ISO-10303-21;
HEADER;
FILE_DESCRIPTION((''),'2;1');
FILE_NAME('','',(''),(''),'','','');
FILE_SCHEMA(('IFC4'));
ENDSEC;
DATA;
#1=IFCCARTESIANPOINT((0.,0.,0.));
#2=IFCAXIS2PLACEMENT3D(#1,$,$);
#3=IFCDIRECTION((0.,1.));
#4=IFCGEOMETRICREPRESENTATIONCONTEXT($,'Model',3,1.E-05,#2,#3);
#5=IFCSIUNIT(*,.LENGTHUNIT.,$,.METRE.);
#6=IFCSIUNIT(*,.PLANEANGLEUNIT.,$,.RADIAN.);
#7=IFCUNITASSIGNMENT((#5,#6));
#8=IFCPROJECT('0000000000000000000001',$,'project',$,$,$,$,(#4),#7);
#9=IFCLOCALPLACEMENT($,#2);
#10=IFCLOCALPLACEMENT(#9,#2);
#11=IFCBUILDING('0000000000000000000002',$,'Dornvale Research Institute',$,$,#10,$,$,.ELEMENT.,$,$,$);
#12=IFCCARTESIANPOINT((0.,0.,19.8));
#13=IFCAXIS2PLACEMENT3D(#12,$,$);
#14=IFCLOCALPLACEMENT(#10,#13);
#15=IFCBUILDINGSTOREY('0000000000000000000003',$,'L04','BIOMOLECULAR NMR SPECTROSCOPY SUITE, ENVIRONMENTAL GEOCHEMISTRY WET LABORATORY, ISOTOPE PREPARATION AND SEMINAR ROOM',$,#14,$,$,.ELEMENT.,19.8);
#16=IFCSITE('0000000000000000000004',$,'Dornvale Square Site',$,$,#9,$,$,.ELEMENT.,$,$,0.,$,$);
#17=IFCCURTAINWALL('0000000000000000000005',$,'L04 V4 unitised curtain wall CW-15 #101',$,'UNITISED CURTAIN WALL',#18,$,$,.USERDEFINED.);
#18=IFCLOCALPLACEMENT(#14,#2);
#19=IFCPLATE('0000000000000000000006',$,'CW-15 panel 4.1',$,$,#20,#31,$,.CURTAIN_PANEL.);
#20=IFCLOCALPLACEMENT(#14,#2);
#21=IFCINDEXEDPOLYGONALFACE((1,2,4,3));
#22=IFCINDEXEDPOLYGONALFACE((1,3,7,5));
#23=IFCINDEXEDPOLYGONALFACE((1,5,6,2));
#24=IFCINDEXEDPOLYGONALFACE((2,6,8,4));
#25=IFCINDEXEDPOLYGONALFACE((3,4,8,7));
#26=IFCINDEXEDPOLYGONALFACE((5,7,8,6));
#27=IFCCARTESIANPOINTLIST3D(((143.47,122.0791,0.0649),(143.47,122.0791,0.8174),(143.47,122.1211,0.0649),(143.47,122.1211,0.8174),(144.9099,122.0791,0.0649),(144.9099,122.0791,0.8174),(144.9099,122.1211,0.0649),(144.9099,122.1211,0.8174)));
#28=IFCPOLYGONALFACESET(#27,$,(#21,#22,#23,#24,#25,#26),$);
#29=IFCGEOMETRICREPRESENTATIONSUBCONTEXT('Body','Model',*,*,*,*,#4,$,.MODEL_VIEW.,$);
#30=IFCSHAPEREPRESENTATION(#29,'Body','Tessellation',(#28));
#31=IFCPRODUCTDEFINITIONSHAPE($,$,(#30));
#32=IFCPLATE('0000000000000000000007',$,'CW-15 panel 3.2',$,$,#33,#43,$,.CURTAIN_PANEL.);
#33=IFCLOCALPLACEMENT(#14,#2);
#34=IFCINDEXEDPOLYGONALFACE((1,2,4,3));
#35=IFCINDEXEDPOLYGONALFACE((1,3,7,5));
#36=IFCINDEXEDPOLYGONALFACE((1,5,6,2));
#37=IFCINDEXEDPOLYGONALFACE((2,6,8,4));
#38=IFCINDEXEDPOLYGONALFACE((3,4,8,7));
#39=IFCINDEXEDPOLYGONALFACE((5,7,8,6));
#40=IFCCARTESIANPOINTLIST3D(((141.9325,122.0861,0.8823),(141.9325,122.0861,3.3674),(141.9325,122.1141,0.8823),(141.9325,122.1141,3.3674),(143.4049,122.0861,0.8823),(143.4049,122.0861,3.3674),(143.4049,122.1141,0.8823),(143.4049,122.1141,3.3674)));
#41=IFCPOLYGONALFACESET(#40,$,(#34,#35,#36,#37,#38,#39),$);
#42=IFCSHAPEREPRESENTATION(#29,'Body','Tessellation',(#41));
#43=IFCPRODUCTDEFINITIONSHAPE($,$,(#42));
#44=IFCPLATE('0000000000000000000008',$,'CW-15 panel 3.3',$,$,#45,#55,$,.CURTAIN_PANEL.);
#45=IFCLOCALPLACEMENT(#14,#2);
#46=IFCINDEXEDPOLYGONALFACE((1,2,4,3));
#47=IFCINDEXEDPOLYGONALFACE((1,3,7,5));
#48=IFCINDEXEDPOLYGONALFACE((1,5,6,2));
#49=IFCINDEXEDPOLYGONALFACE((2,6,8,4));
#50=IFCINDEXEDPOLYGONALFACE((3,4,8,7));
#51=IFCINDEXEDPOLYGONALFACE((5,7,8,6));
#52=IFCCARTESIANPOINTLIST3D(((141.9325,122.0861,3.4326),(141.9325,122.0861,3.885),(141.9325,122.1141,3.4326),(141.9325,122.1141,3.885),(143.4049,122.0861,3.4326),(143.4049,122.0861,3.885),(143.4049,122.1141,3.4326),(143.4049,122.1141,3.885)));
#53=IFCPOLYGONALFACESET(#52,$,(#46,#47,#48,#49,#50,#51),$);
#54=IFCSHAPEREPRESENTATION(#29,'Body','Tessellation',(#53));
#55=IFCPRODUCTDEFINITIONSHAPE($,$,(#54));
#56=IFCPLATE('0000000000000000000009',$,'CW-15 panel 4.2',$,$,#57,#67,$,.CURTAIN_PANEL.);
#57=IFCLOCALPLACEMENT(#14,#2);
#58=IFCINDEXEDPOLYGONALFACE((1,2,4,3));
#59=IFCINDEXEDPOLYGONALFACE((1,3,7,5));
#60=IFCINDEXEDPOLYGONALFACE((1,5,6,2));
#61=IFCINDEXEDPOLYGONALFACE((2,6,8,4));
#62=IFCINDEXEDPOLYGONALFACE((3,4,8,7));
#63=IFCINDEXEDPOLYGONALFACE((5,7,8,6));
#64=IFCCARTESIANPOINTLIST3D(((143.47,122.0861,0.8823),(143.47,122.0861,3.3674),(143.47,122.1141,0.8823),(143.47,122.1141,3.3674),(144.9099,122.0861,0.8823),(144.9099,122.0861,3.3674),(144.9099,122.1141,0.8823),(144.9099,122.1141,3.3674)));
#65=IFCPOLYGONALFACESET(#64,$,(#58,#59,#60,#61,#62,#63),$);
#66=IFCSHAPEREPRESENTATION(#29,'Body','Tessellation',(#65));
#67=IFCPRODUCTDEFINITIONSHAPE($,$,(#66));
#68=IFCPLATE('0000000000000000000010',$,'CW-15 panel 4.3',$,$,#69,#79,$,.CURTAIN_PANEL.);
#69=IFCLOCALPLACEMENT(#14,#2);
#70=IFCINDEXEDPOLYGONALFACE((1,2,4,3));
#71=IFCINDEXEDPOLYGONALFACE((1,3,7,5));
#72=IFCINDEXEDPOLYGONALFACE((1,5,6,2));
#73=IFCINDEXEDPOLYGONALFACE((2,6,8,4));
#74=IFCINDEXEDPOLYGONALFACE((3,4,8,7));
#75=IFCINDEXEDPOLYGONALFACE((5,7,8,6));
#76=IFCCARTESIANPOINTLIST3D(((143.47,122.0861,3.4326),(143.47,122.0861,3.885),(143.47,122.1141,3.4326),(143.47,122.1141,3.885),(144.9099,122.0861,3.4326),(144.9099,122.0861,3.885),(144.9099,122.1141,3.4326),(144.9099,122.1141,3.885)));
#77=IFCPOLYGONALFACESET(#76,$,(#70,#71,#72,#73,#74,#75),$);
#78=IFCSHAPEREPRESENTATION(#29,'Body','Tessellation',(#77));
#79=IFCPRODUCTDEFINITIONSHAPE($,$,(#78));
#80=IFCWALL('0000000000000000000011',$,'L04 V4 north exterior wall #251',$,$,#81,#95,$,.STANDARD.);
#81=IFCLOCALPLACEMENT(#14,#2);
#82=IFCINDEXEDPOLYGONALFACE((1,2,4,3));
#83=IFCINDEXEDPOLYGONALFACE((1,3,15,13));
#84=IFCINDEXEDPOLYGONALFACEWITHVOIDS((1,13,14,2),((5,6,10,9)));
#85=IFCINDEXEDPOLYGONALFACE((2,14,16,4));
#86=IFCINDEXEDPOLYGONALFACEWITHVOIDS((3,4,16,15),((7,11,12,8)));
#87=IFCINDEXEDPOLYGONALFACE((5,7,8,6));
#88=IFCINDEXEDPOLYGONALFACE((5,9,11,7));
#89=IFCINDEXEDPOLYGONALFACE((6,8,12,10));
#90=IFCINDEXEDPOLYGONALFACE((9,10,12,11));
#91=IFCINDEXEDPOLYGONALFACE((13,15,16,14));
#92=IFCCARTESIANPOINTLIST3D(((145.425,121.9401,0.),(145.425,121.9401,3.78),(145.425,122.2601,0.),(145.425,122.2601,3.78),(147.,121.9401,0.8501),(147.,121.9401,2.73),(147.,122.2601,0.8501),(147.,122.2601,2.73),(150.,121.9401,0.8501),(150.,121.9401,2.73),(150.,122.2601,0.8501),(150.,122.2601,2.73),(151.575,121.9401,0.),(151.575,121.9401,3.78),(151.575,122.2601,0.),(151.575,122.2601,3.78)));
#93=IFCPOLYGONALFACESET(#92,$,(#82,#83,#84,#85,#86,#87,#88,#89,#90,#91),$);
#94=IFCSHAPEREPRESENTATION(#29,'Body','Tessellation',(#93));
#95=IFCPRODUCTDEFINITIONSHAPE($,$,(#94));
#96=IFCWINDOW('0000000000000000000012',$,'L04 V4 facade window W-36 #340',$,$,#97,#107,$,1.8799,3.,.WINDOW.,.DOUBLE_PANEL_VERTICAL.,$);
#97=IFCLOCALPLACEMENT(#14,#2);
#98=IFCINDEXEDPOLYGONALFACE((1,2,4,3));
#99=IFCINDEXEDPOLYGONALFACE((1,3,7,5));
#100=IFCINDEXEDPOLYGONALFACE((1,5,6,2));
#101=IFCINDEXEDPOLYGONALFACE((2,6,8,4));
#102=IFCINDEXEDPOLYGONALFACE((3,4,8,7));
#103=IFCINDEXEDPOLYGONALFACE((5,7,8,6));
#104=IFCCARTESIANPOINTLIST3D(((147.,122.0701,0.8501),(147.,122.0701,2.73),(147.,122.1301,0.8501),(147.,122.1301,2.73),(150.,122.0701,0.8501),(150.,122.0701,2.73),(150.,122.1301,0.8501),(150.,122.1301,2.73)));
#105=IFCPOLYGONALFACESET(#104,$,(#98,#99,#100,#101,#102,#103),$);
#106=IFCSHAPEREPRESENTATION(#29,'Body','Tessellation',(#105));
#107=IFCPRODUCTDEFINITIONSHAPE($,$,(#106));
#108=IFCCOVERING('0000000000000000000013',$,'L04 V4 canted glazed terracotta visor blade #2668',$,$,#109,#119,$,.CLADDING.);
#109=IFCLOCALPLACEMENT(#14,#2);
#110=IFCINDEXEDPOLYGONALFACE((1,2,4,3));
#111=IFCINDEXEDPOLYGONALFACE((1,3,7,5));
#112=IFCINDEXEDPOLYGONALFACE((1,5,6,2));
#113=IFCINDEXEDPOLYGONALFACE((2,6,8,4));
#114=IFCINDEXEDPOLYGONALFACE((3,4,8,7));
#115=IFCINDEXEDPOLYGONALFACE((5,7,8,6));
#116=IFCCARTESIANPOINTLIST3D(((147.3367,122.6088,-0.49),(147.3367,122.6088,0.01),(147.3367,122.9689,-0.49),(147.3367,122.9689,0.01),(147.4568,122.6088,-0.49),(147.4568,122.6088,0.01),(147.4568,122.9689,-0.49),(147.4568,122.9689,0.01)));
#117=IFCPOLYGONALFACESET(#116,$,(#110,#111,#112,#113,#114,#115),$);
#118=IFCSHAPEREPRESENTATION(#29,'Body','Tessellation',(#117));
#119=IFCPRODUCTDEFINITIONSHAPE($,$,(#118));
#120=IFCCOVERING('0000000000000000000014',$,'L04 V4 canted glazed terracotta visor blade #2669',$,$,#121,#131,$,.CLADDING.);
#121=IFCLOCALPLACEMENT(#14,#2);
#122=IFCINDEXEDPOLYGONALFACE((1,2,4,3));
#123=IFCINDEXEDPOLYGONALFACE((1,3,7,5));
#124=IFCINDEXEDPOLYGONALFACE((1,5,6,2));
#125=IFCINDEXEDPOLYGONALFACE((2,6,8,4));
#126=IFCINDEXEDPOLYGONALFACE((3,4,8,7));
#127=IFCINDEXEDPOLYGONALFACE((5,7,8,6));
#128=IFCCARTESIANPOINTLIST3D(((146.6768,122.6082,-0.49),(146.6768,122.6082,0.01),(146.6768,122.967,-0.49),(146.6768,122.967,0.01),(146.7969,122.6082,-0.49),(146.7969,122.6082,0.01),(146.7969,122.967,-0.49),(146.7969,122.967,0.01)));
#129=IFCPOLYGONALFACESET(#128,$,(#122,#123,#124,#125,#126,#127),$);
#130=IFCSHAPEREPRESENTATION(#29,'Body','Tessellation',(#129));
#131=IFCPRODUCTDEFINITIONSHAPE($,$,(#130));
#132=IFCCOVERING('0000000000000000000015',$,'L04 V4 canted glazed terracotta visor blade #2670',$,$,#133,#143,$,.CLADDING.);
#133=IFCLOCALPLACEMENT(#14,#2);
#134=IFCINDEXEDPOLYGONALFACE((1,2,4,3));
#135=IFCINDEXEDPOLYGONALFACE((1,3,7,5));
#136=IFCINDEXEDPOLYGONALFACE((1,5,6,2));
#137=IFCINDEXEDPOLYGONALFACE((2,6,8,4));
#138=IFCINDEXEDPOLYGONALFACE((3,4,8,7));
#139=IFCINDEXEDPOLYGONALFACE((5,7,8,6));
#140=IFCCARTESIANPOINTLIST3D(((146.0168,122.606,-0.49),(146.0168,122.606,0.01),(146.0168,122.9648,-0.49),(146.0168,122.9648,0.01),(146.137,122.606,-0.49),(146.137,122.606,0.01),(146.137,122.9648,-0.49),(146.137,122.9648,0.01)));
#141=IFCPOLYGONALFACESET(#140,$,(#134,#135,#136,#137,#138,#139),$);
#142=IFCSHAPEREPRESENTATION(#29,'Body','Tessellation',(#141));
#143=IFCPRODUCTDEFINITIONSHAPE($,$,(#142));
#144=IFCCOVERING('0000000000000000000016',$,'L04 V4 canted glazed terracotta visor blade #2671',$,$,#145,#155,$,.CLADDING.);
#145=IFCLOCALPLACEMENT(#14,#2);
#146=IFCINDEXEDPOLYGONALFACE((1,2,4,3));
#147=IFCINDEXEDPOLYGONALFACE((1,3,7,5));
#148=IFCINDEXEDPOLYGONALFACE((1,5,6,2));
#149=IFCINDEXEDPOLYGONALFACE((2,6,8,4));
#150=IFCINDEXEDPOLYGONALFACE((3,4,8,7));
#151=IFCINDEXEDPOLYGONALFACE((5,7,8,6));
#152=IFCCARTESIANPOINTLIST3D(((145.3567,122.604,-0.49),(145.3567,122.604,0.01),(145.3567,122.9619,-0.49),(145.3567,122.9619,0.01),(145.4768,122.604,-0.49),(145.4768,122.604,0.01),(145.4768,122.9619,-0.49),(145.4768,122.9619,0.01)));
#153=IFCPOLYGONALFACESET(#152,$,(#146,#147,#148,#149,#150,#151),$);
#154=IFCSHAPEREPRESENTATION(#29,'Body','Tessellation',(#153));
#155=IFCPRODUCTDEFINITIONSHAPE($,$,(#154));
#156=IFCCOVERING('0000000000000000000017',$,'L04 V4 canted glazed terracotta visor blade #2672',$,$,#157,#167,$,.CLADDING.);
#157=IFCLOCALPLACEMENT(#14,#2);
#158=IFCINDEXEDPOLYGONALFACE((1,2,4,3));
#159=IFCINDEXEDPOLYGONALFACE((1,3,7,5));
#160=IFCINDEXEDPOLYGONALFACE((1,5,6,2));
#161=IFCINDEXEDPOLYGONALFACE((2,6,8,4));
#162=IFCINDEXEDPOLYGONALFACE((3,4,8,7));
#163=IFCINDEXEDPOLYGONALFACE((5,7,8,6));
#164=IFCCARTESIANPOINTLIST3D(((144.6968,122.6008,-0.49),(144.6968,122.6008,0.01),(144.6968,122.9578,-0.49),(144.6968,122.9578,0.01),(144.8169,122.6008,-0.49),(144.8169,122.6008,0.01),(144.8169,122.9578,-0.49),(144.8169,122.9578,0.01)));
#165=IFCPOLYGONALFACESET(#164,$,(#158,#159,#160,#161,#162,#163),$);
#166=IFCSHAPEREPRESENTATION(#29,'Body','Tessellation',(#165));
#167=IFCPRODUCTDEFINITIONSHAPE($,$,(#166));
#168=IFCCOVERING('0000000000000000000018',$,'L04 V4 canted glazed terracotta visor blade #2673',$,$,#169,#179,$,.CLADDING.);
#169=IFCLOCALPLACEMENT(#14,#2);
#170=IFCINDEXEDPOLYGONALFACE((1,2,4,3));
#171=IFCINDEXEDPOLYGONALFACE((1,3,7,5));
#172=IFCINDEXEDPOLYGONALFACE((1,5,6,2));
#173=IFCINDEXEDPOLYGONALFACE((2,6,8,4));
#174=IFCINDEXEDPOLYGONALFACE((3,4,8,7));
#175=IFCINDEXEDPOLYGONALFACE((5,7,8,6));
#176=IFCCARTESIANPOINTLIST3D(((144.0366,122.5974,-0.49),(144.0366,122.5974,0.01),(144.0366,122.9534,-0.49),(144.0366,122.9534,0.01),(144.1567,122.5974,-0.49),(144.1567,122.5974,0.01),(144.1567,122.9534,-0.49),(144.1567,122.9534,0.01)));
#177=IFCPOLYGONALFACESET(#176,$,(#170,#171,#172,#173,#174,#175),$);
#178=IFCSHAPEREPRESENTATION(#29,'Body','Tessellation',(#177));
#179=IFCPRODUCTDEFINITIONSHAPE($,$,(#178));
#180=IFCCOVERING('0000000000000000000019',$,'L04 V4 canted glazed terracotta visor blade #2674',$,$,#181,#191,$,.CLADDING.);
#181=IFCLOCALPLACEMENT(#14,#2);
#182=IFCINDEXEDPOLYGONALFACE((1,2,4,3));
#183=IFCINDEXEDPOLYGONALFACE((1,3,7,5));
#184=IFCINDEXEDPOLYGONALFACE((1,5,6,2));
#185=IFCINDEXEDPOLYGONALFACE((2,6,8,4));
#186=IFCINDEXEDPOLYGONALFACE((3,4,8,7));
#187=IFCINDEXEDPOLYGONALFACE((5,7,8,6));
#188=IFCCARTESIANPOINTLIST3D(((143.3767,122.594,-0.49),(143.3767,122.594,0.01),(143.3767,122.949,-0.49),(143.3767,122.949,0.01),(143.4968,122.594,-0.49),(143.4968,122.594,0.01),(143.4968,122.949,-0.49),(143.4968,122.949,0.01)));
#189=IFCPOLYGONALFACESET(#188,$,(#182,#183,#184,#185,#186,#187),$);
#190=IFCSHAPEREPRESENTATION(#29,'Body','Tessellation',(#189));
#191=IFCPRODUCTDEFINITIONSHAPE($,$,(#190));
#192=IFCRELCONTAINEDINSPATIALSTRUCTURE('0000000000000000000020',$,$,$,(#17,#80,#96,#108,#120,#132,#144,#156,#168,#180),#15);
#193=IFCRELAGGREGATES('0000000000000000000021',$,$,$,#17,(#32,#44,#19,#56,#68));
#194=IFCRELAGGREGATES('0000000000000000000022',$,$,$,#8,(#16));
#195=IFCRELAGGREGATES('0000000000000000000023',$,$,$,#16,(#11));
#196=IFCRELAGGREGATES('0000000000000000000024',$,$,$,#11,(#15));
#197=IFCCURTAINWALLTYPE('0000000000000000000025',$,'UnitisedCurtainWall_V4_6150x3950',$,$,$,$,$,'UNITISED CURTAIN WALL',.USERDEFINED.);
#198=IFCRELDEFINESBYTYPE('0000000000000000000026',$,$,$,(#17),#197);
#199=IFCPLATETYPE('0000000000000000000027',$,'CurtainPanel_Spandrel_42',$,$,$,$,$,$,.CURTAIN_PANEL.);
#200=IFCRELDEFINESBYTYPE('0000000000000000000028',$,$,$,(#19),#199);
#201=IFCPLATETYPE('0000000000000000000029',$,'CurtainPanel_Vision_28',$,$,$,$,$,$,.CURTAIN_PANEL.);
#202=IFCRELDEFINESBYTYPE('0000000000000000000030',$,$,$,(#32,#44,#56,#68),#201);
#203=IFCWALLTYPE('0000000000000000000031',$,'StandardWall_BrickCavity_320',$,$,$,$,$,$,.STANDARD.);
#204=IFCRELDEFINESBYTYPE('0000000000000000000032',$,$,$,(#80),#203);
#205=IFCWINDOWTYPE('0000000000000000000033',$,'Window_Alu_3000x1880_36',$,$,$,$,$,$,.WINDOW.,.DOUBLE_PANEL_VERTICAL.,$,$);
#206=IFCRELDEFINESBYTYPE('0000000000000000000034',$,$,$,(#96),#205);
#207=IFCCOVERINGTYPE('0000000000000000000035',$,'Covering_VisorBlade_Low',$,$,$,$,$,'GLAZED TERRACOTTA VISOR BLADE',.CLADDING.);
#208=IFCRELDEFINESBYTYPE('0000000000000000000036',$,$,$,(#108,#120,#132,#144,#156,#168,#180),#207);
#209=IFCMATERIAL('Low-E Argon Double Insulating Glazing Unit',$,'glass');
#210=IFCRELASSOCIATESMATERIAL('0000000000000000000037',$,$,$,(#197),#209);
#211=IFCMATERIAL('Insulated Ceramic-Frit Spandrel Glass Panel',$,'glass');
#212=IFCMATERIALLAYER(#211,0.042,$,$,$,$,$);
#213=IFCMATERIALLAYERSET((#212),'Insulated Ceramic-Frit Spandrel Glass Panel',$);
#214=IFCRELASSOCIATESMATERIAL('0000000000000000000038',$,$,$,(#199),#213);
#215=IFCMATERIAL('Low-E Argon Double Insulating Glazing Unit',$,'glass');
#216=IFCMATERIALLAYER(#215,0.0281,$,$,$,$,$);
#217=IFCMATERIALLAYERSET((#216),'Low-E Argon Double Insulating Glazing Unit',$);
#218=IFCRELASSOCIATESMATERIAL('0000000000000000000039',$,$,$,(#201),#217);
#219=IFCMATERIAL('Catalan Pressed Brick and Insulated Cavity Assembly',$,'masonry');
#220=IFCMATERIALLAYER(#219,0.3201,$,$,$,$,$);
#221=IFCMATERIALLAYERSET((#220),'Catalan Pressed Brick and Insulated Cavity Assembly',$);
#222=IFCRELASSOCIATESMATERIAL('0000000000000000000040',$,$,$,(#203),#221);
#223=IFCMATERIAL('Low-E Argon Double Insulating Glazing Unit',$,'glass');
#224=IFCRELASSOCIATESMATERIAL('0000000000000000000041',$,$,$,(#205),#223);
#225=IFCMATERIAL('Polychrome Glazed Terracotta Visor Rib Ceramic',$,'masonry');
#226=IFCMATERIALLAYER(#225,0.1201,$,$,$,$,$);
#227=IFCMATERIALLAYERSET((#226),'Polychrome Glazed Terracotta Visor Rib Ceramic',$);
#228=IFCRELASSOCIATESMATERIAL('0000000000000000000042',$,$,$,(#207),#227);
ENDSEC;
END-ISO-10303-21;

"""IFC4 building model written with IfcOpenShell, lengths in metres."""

from ifc_helpers import new_model, si_unit, direction, frame, frame_2d, origin, origin_2d, place, context, subcontext, project, spatial, rectangle, extrude, material, layer, layer_set, type_object, element, fill, aggregate, save


model = new_model("IFC4")

# Units and contexts
model_context = context("Model", 3, precision=1e-05, world=origin(), true_north=direction((0.0, 1.0)))
body_context = subcontext(model_context, "Body", "Model", "MODEL_VIEW")
ifc_project = project(units=[si_unit("LENGTHUNIT", "METRE"), si_unit("PLANEANGLEUNIT", "RADIAN")], contexts=[model_context])

# Site, building, storey
site_placement = place(None, origin())
site = spatial("IfcSite", under=ifc_project, at=site_placement, Name="Dornvale Square Site", CompositionType="ELEMENT", RefElevation=0.0)
building_placement = place(site_placement, origin())
building = spatial("IfcBuilding", under=site, at=building_placement, Name="Dornvale Research Institute", CompositionType="ELEMENT")
storey_placement = place(building_placement, frame((0.0, 0.0, 19.8)))
storey = spatial("IfcBuildingStorey", under=building, at=storey_placement, Name="L04", Description="BIOMOLECULAR NMR SPECTROSCOPY SUITE, ENVIRONMENTAL GEOCHEMISTRY WET LABORATORY, ISOTOPE PREPARATION AND SEMINAR ROOM", CompositionType="ELEMENT", Elevation=19.8)

# Curtain wall
ifc_material_1 = material(Name="Low-E Argon Double Insulating Glazing Unit", Category="glass")
curtain_wall_type = type_object("IfcCurtainWallType", Name="UnitisedCurtainWall_V4_6150x3950", ElementType="UNITISED CURTAIN WALL", PredefinedType="USERDEFINED", material=ifc_material_1)
curtain_wall_placement = place(storey_placement, origin())
curtain_wall = element("IfcCurtainWall", 1, at=curtain_wall_placement, inside=storey, type_object=curtain_wall_type, Name="L04 V4 unitised curtain wall CW-15 #101", ObjectType="UNITISED CURTAIN WALL", PredefinedType="USERDEFINED")

# Plates
ifc_material_2 = material(Name="Insulated Ceramic-Frit Spandrel Glass Panel", Category="glass")
ifc_layer_1 = layer(ifc_material_2, 0.042)
ifc_layer_set_1 = layer_set([ifc_layer_1], Name="Insulated Ceramic-Frit Spandrel Glass Panel")
plate_type_1 = type_object("IfcPlateType", Name="CurtainPanel_Spandrel_42", PredefinedType="CURTAIN_PANEL", material=ifc_layer_set_1)
plate_1_placement = place(storey_placement, frame((144.1899, 122.1001, 0.0649), z_axis=(0.0, 0.0, 1.0), x_axis=(1.0, 0.0, 0.0)))
plate_1 = element("IfcPlate", 2, at=plate_1_placement, type_object=plate_type_1, Name="CW-15 panel 4.1", PredefinedType="CURTAIN_PANEL", context=body_context, shape_type="SweptSolid", body=[
    extrude(rectangle(XDim=1.4399, YDim=0.042, at=origin_2d()), origin(), (0.0, 0.0, 1.0), 0.7524),
])
ifc_material_3 = material(Name="Low-E Argon Double Insulating Glazing Unit", Category="glass")
ifc_layer_2 = layer(ifc_material_3, 0.0281)
ifc_layer_set_2 = layer_set([ifc_layer_2], Name="Low-E Argon Double Insulating Glazing Unit")
plate_type_2 = type_object("IfcPlateType", Name="CurtainPanel_Vision_28", PredefinedType="CURTAIN_PANEL", material=ifc_layer_set_2)
plate_2_placement = place(storey_placement, frame((142.6687, 122.1001, 0.8823), z_axis=(0.0, 0.0, 1.0), x_axis=(1.0, 0.0, 0.0)))
plate_2 = element("IfcPlate", 3, at=plate_2_placement, type_object=plate_type_2, Name="CW-15 panel 3.2", PredefinedType="CURTAIN_PANEL", context=body_context, shape_type="SweptSolid", body=[
    extrude(rectangle(XDim=1.4724, YDim=0.0281, at=origin_2d()), origin(), (0.0, 0.0, 1.0), 2.4851),
])
plate_3_placement = place(storey_placement, frame((142.6687, 122.1001, 3.4326), z_axis=(0.0, 0.0, 1.0), x_axis=(1.0, 0.0, 0.0)))
plate_3 = element("IfcPlate", 4, at=plate_3_placement, type_object=plate_type_2, Name="CW-15 panel 3.3", PredefinedType="CURTAIN_PANEL", context=body_context, shape_type="SweptSolid", body=[
    extrude(rectangle(XDim=1.4724, YDim=0.0281, at=origin_2d()), origin(), (0.0, 0.0, 1.0), 0.4524),
])
plate_4_placement = place(storey_placement, frame((144.1899, 122.1001, 0.8823), z_axis=(0.0, 0.0, 1.0), x_axis=(1.0, 0.0, 0.0)))
plate_4 = element("IfcPlate", 5, at=plate_4_placement, type_object=plate_type_2, Name="CW-15 panel 4.2", PredefinedType="CURTAIN_PANEL", context=body_context, shape_type="SweptSolid", body=[
    extrude(rectangle(XDim=1.4399, YDim=0.0281, at=origin_2d()), origin(), (0.0, 0.0, 1.0), 2.4851),
])
plate_5_placement = place(storey_placement, frame((144.1899, 122.1001, 3.4326), z_axis=(0.0, 0.0, 1.0), x_axis=(1.0, 0.0, 0.0)))
plate_5 = element("IfcPlate", 6, at=plate_5_placement, type_object=plate_type_2, Name="CW-15 panel 4.3", PredefinedType="CURTAIN_PANEL", context=body_context, shape_type="SweptSolid", body=[
    extrude(rectangle(XDim=1.4399, YDim=0.0281, at=origin_2d()), origin(), (0.0, 0.0, 1.0), 0.4524),
])
aggregate(curtain_wall, [plate_2, plate_3, plate_1, plate_4, plate_5])

# Wall, opening, window
ifc_material_4 = material(Name="Catalan Pressed Brick and Insulated Cavity Assembly", Category="masonry")
ifc_layer_3 = layer(ifc_material_4, 0.3201)
ifc_layer_set_3 = layer_set([ifc_layer_3], Name="Catalan Pressed Brick and Insulated Cavity Assembly")
wall_type = type_object("IfcWallType", Name="StandardWall_BrickCavity_320", PredefinedType="STANDARD", material=ifc_layer_set_3)
wall_placement = place(storey_placement, frame((145.425, 122.1001, 0.0), z_axis=(0.0, 0.0, 1.0), x_axis=(1.0, 0.0, 0.0)))
wall = element("IfcWall", 7, at=wall_placement, inside=storey, type_object=wall_type, Name="L04 V4 north exterior wall #251", PredefinedType="STANDARD", context=body_context, shape_type="SweptSolid", body=[
    extrude(rectangle(XDim=6.1499, YDim=0.3201, at=frame_2d((3.075, 0.0))), origin(), (0.0, 0.0, 1.0), 3.78),
])
opening_placement = place(wall_placement, frame((1.575, 0.0, 0.8501)))
opening = element("IfcOpeningElement", 8, at=opening_placement, cuts=wall, PredefinedType="OPENING", context=body_context, shape_type="SweptSolid", body=[
    extrude(rectangle(XDim=3.0, YDim=1.8799, at=frame_2d((1.5, 0.9399))), frame((0.0, 0.175, 0.0), z_axis=(0.0, -1.0, 0.0), x_axis=(1.0, 0.0, 0.0)), (0.0, 0.0, 1.0), 0.3501),
])
ifc_material_5 = material(Name="Low-E Argon Double Insulating Glazing Unit", Category="glass")
window_type = type_object("IfcWindowType", Name="Window_Alu_3000x1880_36", PartitioningType="DOUBLE_PANEL_VERTICAL", PredefinedType="WINDOW", material=ifc_material_5)
window_placement = place(opening_placement, origin())
window = element("IfcWindow", 9, at=window_placement, inside=storey, type_object=window_type, Name="L04 V4 facade window W-36 #340", OverallHeight=1.8799, OverallWidth=3.0, PartitioningType="DOUBLE_PANEL_VERTICAL", PredefinedType="WINDOW", context=body_context, shape_type="SweptSolid", body=[
    extrude(rectangle(XDim=3.0, YDim=1.8799, at=frame_2d((1.5, 0.9399))), frame((0.0, 0.03, 0.0), z_axis=(0.0, -1.0, 0.0), x_axis=(1.0, 0.0, 0.0)), (0.0, 0.0, 1.0), 0.0601),
])
fill(opening, window)

# Coverings
ifc_material_6 = material(Name="Polychrome Glazed Terracotta Visor Rib Ceramic", Category="masonry")
ifc_layer_4 = layer(ifc_material_6, 0.1201)
ifc_layer_set_4 = layer_set([ifc_layer_4], Name="Polychrome Glazed Terracotta Visor Rib Ceramic")
covering_type = type_object("IfcCoveringType", Name="Covering_VisorBlade_Low", ElementType="GLAZED TERRACOTTA VISOR BLADE", PredefinedType="CLADDING", material=ifc_layer_set_4)
covering_1_placement = place(storey_placement, frame((147.3967, 122.7888, -0.49), z_axis=(0.0, 0.0, 1.0), x_axis=(0.0, 1.0, 0.0)))
element("IfcCovering", 10, at=covering_1_placement, inside=storey, type_object=covering_type, Name="L04 V4 canted glazed terracotta visor blade #2668", PredefinedType="CLADDING", context=body_context, shape_type="SweptSolid", body=[
    extrude(rectangle(XDim=0.3601, YDim=0.1201, at=origin_2d()), origin(), (0.0, 0.0, 1.0), 0.5),
])
for number, where, z_axis, x_axis, name in (
    (11, (146.7368, 122.7876, -0.49), (0.0, 0.0, 1.0), (0.0, 1.0, 0.0), "L04 V4 canted glazed terracotta visor blade #2669"),
    (12, (146.0769, 122.7854, -0.49), (0.0, 0.0, 1.0), (0.0, 1.0, 0.0), "L04 V4 canted glazed terracotta visor blade #2670"),
):
    element("IfcCovering", number, at=place(storey_placement, frame(where, z_axis=z_axis, x_axis=x_axis)), inside=storey, type_object=covering_type, Name=name, PredefinedType="CLADDING", context=body_context, shape_type="SweptSolid", body=[
        extrude(rectangle(XDim=0.3589, YDim=0.1201, at=origin_2d()), origin(), (0.0, 0.0, 1.0), 0.5),
    ])
covering_2_placement = place(storey_placement, frame((145.4167, 122.783, -0.49), z_axis=(0.0, 0.0, 1.0), x_axis=(0.0, 1.0, 0.0)))
element("IfcCovering", 13, at=covering_2_placement, inside=storey, type_object=covering_type, Name="L04 V4 canted glazed terracotta visor blade #2671", PredefinedType="CLADDING", context=body_context, shape_type="SweptSolid", body=[
    extrude(rectangle(XDim=0.3579, YDim=0.1201, at=origin_2d()), origin(), (0.0, 0.0, 1.0), 0.5),
])
covering_3_placement = place(storey_placement, frame((144.7568, 122.7793, -0.49), z_axis=(0.0, 0.0, 1.0), x_axis=(0.0, 1.0, 0.0)))
element("IfcCovering", 14, at=covering_3_placement, inside=storey, type_object=covering_type, Name="L04 V4 canted glazed terracotta visor blade #2672", PredefinedType="CLADDING", context=body_context, shape_type="SweptSolid", body=[
    extrude(rectangle(XDim=0.3569, YDim=0.1201, at=origin_2d()), origin(), (0.0, 0.0, 1.0), 0.5),
])
covering_4_placement = place(storey_placement, frame((144.0967, 122.7754, -0.49), z_axis=(0.0, 0.0, 1.0), x_axis=(0.0, 1.0, 0.0)))
element("IfcCovering", 15, at=covering_4_placement, inside=storey, type_object=covering_type, Name="L04 V4 canted glazed terracotta visor blade #2673", PredefinedType="CLADDING", context=body_context, shape_type="SweptSolid", body=[
    extrude(rectangle(XDim=0.356, YDim=0.1201, at=origin_2d()), origin(), (0.0, 0.0, 1.0), 0.5),
])
covering_5_placement = place(storey_placement, frame((143.4368, 122.7715, -0.49), z_axis=(0.0, 0.0, 1.0), x_axis=(0.0, 1.0, 0.0)))
element("IfcCovering", 16, at=covering_5_placement, inside=storey, type_object=covering_type, Name="L04 V4 canted glazed terracotta visor blade #2674", PredefinedType="CLADDING", context=body_context, shape_type="SweptSolid", body=[
    extrude(rectangle(XDim=0.355, YDim=0.1201, at=origin_2d()), origin(), (0.0, 0.0, 1.0), 0.5),
])

save(model, "model.ifc")
